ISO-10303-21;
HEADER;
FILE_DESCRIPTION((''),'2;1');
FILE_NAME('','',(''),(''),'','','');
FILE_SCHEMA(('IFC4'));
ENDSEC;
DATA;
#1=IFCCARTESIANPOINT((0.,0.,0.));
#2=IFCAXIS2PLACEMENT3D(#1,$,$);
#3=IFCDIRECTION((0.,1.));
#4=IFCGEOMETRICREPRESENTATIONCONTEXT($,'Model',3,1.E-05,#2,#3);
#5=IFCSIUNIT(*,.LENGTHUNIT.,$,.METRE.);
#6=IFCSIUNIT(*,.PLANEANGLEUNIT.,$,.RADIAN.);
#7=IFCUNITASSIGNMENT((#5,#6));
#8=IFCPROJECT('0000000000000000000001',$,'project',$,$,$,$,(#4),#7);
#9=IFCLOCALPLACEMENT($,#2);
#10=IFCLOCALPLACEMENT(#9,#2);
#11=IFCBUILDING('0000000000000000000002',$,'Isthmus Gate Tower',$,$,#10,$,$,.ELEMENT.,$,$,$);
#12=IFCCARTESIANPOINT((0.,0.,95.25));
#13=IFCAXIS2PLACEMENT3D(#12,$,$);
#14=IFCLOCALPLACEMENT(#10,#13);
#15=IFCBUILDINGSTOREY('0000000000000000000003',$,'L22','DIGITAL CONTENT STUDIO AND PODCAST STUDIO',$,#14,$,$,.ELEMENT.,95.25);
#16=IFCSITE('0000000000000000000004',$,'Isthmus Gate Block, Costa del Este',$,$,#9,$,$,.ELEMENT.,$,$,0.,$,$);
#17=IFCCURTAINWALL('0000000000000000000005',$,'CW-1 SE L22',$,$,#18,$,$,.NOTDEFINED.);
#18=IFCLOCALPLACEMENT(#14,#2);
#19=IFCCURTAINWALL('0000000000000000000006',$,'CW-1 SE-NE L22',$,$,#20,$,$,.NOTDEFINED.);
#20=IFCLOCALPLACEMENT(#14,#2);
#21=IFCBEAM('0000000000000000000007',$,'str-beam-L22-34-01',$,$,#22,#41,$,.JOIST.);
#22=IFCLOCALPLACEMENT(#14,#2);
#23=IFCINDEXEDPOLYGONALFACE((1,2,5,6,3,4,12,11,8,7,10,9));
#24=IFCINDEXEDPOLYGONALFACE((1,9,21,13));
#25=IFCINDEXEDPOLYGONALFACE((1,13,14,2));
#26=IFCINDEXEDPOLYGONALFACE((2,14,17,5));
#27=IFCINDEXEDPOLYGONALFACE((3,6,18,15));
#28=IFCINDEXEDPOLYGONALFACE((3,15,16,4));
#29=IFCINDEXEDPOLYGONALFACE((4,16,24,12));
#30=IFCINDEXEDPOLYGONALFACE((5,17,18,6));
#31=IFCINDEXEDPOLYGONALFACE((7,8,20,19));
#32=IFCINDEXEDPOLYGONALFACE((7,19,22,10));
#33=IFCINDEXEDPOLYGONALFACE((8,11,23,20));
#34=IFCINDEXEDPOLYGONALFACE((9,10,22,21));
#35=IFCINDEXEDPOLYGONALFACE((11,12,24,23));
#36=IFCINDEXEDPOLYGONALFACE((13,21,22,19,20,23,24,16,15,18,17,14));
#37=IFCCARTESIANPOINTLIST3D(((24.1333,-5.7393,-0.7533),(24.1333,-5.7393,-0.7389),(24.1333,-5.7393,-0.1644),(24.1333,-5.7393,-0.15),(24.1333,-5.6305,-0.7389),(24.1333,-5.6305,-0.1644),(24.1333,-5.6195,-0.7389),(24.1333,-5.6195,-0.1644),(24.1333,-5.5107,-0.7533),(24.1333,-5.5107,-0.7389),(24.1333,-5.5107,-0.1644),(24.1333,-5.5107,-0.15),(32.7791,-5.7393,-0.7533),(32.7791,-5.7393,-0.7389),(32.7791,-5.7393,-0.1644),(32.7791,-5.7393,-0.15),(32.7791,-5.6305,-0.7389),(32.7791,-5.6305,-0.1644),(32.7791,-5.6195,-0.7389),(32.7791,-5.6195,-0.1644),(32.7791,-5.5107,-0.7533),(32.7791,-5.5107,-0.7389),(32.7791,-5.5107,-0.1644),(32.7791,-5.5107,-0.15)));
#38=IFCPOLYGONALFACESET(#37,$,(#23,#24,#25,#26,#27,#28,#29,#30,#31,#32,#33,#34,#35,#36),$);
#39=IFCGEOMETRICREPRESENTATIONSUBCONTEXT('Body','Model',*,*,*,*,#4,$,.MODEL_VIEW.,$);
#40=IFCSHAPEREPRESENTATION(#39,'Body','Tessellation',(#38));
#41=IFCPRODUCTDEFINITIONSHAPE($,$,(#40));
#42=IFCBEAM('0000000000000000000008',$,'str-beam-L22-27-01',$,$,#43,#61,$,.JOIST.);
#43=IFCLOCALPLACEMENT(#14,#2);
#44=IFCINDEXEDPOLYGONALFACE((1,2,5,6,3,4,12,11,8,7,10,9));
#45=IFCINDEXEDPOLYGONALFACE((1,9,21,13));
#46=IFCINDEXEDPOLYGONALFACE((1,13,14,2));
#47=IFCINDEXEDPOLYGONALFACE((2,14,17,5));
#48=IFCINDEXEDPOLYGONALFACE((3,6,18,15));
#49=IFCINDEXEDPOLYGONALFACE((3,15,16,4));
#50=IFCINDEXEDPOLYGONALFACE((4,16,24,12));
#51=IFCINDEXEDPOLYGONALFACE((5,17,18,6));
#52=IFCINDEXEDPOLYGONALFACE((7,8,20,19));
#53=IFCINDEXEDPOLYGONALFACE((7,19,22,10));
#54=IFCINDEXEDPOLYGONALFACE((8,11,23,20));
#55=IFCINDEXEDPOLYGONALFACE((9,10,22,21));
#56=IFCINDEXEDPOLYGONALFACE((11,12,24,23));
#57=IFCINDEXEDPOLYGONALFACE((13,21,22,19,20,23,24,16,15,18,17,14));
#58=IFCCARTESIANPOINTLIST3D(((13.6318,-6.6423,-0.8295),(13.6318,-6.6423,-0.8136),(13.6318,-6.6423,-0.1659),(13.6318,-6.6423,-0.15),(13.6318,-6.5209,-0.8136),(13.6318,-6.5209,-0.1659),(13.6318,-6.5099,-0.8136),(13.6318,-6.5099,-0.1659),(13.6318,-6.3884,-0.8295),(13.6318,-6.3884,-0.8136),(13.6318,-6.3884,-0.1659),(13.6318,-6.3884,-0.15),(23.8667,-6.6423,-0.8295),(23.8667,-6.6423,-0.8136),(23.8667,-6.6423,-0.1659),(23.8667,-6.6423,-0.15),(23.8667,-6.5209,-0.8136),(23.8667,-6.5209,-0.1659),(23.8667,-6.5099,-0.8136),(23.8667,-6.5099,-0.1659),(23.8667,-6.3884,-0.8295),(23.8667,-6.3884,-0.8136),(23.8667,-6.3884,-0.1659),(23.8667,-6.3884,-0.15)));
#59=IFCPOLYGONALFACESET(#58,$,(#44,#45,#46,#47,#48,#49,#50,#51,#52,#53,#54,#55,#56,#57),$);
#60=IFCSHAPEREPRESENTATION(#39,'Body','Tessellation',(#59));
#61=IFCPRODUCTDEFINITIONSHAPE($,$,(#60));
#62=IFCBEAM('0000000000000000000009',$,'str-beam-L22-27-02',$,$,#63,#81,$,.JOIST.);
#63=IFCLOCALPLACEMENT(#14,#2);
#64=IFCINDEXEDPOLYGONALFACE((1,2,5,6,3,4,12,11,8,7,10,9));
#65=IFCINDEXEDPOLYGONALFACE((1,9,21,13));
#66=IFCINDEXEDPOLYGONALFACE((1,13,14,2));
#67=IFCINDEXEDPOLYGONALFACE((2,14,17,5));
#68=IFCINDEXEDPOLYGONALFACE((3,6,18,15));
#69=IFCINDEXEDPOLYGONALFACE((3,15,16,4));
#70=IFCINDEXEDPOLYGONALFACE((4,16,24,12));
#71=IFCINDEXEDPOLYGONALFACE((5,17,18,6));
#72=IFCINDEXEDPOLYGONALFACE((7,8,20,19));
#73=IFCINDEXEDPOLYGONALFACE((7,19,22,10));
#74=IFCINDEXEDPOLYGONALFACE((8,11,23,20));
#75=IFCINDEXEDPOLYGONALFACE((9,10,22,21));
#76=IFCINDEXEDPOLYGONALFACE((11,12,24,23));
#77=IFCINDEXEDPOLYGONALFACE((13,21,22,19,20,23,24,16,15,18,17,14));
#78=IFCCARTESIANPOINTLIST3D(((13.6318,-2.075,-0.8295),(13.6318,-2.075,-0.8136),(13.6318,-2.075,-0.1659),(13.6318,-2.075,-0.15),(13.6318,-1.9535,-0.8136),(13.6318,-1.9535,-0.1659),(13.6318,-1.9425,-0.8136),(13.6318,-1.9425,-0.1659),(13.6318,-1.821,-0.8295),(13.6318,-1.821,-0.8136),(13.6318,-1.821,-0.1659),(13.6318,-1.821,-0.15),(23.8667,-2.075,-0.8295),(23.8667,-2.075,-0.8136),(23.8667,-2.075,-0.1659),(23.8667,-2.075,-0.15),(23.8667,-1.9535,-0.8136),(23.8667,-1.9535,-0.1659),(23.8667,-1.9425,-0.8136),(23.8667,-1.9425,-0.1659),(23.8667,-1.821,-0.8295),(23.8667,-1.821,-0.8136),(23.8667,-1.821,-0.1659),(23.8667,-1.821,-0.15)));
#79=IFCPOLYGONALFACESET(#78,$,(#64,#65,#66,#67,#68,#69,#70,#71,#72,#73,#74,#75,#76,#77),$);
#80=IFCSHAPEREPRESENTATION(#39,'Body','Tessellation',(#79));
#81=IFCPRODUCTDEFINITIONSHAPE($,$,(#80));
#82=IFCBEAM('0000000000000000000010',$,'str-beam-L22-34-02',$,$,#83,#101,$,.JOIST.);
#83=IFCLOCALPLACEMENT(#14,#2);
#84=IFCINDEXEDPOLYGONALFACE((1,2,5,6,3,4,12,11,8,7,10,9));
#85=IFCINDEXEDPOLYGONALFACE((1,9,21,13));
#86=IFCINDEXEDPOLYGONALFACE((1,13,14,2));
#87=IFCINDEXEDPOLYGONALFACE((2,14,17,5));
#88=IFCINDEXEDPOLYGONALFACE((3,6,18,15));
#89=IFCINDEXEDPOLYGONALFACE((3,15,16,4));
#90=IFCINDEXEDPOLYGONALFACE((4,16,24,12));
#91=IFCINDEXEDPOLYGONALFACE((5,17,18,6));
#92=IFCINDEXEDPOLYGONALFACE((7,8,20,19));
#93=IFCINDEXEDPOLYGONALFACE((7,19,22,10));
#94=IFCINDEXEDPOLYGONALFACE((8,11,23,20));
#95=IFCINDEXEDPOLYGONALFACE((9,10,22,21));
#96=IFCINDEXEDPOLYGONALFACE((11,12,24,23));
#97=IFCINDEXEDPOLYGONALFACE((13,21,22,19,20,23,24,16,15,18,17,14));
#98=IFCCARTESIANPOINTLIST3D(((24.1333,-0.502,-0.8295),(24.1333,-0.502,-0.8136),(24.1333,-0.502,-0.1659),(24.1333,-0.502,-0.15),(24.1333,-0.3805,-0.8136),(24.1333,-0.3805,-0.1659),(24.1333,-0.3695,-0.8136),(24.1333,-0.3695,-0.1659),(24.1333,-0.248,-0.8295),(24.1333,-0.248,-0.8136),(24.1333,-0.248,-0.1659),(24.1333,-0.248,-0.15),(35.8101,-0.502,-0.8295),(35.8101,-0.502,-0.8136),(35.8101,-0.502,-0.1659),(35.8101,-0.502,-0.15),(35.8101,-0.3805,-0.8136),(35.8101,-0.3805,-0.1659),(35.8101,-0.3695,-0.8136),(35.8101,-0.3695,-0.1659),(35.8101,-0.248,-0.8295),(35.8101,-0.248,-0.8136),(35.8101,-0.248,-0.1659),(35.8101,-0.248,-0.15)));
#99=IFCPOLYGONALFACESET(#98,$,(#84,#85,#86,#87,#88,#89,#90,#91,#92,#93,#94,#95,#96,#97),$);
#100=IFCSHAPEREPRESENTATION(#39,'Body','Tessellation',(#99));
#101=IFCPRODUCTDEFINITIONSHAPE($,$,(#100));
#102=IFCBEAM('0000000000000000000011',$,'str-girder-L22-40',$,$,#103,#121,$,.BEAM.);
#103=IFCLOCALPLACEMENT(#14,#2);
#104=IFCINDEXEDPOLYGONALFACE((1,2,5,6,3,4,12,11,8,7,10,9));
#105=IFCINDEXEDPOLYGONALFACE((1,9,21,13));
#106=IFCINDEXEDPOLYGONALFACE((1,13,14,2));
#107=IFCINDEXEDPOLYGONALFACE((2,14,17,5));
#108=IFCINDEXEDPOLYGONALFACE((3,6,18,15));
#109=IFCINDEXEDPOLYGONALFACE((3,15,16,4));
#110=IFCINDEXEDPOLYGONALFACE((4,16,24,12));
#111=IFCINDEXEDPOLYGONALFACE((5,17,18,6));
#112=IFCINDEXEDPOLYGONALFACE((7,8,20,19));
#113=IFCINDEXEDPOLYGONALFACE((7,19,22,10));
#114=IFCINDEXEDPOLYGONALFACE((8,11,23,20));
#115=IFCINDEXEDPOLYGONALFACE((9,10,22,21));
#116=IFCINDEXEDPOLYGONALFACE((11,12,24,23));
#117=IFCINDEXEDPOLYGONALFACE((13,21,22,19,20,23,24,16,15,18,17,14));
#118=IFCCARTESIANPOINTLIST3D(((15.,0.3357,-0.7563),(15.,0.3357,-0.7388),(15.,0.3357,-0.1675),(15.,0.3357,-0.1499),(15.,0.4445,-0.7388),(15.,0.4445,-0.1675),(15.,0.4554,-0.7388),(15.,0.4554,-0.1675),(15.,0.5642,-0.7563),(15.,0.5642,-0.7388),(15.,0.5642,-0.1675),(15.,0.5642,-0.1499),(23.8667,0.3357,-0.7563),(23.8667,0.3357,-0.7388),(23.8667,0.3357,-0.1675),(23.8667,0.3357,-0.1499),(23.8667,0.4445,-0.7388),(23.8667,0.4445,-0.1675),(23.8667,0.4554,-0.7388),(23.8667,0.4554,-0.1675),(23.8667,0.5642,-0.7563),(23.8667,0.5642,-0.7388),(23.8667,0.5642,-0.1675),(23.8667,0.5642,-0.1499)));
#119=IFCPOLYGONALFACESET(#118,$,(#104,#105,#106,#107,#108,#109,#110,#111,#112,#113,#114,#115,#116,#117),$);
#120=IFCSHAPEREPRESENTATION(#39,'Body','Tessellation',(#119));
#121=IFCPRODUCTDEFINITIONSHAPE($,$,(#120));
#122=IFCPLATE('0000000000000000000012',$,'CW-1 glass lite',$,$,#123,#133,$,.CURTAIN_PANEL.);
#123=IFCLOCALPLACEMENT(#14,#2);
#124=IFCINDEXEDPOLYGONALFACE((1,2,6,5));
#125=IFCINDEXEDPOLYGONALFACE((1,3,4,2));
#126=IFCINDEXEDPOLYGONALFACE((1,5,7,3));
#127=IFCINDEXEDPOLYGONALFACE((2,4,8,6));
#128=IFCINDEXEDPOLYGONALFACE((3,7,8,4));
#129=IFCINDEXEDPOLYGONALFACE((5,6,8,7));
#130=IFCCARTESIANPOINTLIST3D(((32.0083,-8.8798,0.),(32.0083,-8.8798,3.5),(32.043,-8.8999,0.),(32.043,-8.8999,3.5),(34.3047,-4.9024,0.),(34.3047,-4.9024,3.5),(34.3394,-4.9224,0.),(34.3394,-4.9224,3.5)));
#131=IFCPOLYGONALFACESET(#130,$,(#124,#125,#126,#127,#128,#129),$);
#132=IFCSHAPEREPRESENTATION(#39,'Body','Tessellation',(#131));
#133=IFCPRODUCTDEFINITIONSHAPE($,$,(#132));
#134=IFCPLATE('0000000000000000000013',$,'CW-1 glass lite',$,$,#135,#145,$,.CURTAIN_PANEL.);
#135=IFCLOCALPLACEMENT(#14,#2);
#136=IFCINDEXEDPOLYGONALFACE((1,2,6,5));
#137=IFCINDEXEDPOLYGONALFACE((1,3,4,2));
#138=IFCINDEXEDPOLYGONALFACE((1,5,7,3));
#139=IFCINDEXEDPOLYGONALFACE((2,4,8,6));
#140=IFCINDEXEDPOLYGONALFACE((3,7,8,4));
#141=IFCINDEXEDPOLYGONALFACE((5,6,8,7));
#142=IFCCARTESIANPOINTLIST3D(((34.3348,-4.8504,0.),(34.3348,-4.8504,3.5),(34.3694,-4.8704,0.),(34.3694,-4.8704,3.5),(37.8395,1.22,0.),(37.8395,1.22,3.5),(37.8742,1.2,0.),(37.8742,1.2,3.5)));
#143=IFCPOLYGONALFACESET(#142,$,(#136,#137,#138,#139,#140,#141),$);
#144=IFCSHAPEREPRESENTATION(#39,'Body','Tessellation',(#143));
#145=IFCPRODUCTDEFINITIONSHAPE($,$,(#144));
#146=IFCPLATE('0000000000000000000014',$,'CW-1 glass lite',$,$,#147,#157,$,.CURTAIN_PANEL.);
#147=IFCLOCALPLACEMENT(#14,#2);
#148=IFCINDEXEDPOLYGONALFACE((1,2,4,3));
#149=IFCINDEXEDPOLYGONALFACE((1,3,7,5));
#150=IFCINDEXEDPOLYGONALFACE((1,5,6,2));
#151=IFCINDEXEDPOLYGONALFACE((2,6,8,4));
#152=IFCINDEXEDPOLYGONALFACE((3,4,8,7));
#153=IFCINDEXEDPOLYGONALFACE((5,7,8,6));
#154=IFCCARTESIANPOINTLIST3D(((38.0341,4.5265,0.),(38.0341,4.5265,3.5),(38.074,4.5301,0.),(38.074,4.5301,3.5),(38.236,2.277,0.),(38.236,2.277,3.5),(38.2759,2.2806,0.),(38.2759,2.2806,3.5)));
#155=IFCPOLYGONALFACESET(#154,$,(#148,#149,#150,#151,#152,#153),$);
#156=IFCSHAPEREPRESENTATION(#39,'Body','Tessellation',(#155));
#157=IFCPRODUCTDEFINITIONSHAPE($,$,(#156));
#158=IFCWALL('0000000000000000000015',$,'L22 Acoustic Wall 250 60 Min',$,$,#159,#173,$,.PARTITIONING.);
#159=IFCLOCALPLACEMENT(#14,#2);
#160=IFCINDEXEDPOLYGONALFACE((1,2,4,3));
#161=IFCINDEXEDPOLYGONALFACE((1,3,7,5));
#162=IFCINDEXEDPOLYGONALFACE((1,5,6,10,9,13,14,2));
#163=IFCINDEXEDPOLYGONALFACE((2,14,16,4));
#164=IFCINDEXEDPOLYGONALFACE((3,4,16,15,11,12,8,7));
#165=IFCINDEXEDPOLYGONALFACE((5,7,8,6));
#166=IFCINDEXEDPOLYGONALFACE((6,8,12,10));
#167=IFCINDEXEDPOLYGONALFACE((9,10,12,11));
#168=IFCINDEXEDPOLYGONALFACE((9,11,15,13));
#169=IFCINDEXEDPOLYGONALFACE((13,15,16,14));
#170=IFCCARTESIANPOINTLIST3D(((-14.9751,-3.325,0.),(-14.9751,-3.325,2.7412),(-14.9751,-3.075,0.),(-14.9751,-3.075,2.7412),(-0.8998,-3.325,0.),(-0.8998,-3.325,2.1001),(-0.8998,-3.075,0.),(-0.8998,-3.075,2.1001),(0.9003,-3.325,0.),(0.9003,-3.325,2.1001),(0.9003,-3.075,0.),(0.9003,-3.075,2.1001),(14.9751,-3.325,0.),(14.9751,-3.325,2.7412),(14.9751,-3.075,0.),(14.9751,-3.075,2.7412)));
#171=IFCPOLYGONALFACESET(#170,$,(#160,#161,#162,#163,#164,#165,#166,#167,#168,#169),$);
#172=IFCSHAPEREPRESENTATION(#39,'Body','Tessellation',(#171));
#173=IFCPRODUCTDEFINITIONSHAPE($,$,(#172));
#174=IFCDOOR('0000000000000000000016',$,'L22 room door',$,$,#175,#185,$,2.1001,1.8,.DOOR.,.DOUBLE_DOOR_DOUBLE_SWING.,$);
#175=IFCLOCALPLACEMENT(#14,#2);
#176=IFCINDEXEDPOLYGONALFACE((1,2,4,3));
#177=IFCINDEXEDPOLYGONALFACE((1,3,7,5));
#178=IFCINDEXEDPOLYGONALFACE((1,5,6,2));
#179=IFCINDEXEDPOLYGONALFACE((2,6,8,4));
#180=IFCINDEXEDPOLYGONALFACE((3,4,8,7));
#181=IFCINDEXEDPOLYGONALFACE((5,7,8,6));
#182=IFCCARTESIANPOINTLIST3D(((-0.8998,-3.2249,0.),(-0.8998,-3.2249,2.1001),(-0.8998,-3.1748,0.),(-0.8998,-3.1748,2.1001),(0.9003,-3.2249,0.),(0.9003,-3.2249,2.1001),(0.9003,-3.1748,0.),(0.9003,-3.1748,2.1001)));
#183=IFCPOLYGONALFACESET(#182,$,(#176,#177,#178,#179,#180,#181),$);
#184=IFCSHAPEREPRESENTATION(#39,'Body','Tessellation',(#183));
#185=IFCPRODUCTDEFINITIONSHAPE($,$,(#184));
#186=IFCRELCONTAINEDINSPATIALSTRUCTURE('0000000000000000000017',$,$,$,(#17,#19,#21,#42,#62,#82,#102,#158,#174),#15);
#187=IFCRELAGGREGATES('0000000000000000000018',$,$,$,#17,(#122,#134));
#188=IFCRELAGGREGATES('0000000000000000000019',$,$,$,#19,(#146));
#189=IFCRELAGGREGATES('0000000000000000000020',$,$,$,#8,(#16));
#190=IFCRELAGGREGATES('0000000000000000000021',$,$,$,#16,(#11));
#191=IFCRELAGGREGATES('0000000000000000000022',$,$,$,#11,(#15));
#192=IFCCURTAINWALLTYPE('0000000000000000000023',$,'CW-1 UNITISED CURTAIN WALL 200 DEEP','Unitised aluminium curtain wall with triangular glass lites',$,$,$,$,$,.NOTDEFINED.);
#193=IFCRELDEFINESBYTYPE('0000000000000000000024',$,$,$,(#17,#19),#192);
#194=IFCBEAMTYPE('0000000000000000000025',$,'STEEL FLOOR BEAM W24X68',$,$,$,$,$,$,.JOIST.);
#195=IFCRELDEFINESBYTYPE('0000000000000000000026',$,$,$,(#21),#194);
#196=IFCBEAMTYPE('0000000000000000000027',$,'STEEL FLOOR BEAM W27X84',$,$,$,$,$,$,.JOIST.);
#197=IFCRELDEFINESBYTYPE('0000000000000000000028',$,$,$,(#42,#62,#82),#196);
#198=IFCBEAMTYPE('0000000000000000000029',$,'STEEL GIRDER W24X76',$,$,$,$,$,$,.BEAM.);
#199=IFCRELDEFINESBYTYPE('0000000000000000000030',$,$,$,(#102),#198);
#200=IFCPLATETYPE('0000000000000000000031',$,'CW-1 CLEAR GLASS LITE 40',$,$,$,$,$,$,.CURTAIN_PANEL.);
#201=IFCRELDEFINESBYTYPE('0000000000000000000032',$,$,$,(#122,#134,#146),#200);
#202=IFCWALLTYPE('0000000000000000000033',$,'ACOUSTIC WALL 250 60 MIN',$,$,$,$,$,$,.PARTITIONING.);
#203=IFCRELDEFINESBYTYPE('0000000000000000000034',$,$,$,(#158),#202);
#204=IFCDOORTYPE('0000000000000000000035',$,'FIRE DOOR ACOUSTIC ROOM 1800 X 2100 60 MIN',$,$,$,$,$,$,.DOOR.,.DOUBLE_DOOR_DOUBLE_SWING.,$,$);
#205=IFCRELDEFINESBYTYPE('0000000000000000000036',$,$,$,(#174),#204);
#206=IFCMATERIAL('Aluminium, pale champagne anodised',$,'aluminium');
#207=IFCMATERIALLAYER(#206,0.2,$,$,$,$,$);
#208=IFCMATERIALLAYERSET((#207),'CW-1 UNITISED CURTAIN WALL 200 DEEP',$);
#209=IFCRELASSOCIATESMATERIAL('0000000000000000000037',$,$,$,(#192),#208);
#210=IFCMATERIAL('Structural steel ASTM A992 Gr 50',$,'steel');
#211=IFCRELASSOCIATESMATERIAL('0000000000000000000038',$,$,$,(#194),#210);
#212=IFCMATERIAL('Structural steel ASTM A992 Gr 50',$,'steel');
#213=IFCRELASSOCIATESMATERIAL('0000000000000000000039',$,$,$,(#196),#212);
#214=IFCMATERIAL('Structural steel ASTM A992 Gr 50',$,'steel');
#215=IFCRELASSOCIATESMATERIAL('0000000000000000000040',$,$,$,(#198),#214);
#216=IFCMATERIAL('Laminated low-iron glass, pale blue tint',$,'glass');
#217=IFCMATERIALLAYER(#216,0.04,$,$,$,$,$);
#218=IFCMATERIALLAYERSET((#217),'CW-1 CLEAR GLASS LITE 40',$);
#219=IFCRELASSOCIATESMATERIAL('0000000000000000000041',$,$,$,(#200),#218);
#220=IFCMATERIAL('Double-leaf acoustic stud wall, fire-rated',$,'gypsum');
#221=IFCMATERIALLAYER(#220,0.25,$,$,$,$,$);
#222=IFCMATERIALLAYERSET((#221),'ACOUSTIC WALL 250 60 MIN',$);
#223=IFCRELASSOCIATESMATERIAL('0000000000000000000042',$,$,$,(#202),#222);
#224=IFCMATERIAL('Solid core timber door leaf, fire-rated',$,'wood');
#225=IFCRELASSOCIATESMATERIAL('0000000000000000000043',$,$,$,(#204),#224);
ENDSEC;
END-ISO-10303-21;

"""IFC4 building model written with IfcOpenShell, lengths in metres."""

from ifc_helpers import new_model, si_unit, direction, frame, frame_2d, origin, origin_2d, place, context, subcontext, project, spatial, rectangle, i_section, extrude, material, layer, layer_set, material_profile, profile_set, type_object, element, fill, aggregate, save


model = new_model("IFC4")

# Units and contexts
model_context = context("Model", 3, precision=1e-05, world=origin(), true_north=direction((0.0, 1.0)))
body_context = subcontext(model_context, "Body", "Model", "MODEL_VIEW")
ifc_project = project(units=[si_unit("LENGTHUNIT", "METRE"), si_unit("PLANEANGLEUNIT", "RADIAN")], contexts=[model_context])

# Site, building, storey
site_placement = place(None, origin())
site = spatial("IfcSite", under=ifc_project, at=site_placement, Name="Isthmus Gate Block, Costa del Este", CompositionType="ELEMENT", RefElevation=0.0)
building_placement = place(site_placement, origin())
building = spatial("IfcBuilding", under=site, at=building_placement, Name="Isthmus Gate Tower", CompositionType="ELEMENT")
storey_placement = place(building_placement, frame((0.0, 0.0, 95.25)))
storey = spatial("IfcBuildingStorey", under=building, at=storey_placement, Name="L22", Description="DIGITAL CONTENT STUDIO AND PODCAST STUDIO", CompositionType="ELEMENT", Elevation=95.25)

# Curtain walls
ifc_material_1 = material(Name="Aluminium, pale champagne anodised", Category="aluminium")
ifc_layer_1 = layer(ifc_material_1, 0.2)
ifc_layer_set_1 = layer_set([ifc_layer_1], Name="CW-1 UNITISED CURTAIN WALL 200 DEEP")
curtain_wall_type = type_object("IfcCurtainWallType", Name="CW-1 UNITISED CURTAIN WALL 200 DEEP", Description="Unitised aluminium curtain wall with triangular glass lites", PredefinedType="NOTDEFINED", material=ifc_layer_set_1)
curtain_wall_1_placement = place(storey_placement, origin())
curtain_wall_1 = element("IfcCurtainWall", 1, at=curtain_wall_1_placement, inside=storey, type_object=curtain_wall_type, Name="CW-1 SE L22", PredefinedType="NOTDEFINED")
curtain_wall_2_placement = place(storey_placement, origin())
curtain_wall_2 = element("IfcCurtainWall", 2, at=curtain_wall_2_placement, inside=storey, type_object=curtain_wall_type, Name="CW-1 SE-NE L22", PredefinedType="NOTDEFINED")

# Beams
ifc_material_2 = material(Name="Structural steel ASTM A992 Gr 50", Category="steel")
ifc_material_profile_1 = material_profile(ifc_material_2, i_section(OverallWidth=0.2285, OverallDepth=0.6033, WebThickness=0.011, FlangeThickness=0.0144, at=origin_2d()), Name="W24X68")
ifc_profile_set_1 = profile_set([ifc_material_profile_1], Name="Structural steel ASTM A992 Gr 50")
beam_type_1 = type_object("IfcBeamType", Name="STEEL FLOOR BEAM W24X68", PredefinedType="JOIST", material=ifc_profile_set_1)
beam_1_placement = place(storey_placement, frame((24.1333, -5.625, -0.4517), z_axis=(1.0, 0.0, 0.0), x_axis=(0.0, 1.0, 0.0)))
element("IfcBeam", 3, at=beam_1_placement, inside=storey, type_object=beam_type_1, Name="str-beam-L22-34-01", PredefinedType="JOIST", context=body_context, shape_type="SweptSolid", body=[
    extrude(i_section(OverallWidth=0.2285, OverallDepth=0.6033, WebThickness=0.011, FlangeThickness=0.0144, at=origin_2d()), origin(), (0.0, 0.0, 1.0), 8.6458),
])
ifc_material_3 = material(Name="Structural steel ASTM A992 Gr 50", Category="steel")
ifc_material_profile_2 = material_profile(ifc_material_3, i_section(OverallWidth=0.2539, OverallDepth=0.6794, WebThickness=0.011, FlangeThickness=0.0159, at=origin_2d()), Name="W27X84")
ifc_profile_set_2 = profile_set([ifc_material_profile_2], Name="Structural steel ASTM A992 Gr 50")
beam_type_2 = type_object("IfcBeamType", Name="STEEL FLOOR BEAM W27X84", PredefinedType="JOIST", material=ifc_profile_set_2)
for number, where, z_axis, x_axis, name in (
    (4, (13.6318, -6.5154, -0.4897), (1.0, 0.0, 0.0), (0.0, 1.0, 0.0), "str-beam-L22-27-01"),
    (5, (13.6318, -1.948, -0.4897), (1.0, 0.0, 0.0), (0.0, 1.0, 0.0), "str-beam-L22-27-02"),
):
    element("IfcBeam", number, at=place(storey_placement, frame(where, z_axis=z_axis, x_axis=x_axis)), inside=storey, type_object=beam_type_2, Name=name, PredefinedType="JOIST", context=body_context, shape_type="SweptSolid", body=[
        extrude(i_section(OverallWidth=0.2539, OverallDepth=0.6794, WebThickness=0.011, FlangeThickness=0.0159, at=origin_2d()), origin(), (0.0, 0.0, 1.0), 10.2349),
    ])
beam_2_placement = place(storey_placement, frame((24.1333, -0.375, -0.4897), z_axis=(1.0, 0.0, 0.0), x_axis=(0.0, 1.0, 0.0)))
element("IfcBeam", 6, at=beam_2_placement, inside=storey, type_object=beam_type_2, Name="str-beam-L22-34-02", PredefinedType="JOIST", context=body_context, shape_type="SweptSolid", body=[
    extrude(i_section(OverallWidth=0.2539, OverallDepth=0.6794, WebThickness=0.011, FlangeThickness=0.0159, at=origin_2d()), origin(), (0.0, 0.0, 1.0), 11.6768),
])
ifc_material_4 = material(Name="Structural steel ASTM A992 Gr 50", Category="steel")
ifc_material_profile_3 = material_profile(ifc_material_4, i_section(OverallWidth=0.2285, OverallDepth=0.6064, WebThickness=0.011, FlangeThickness=0.0176, at=origin_2d()), Name="W24X76")
ifc_profile_set_3 = profile_set([ifc_material_profile_3], Name="Structural steel ASTM A992 Gr 50")
beam_type_3 = type_object("IfcBeamType", Name="STEEL GIRDER W24X76", PredefinedType="BEAM", material=ifc_profile_set_3)
beam_3_placement = place(storey_placement, frame((15.0, 0.45, -0.4531), z_axis=(1.0, 0.0, 0.0), x_axis=(0.0, 1.0, 0.0)))
element("IfcBeam", 7, at=beam_3_placement, inside=storey, type_object=beam_type_3, Name="str-girder-L22-40", PredefinedType="BEAM", context=body_context, shape_type="SweptSolid", body=[
    extrude(i_section(OverallWidth=0.2285, OverallDepth=0.6064, WebThickness=0.011, FlangeThickness=0.0176, at=origin_2d()), origin(), (0.0, 0.0, 1.0), 8.8667),
])

# Plates
ifc_material_5 = material(Name="Laminated low-iron glass, pale blue tint", Category="glass")
ifc_layer_2 = layer(ifc_material_5, 0.04)
ifc_layer_set_2 = layer_set([ifc_layer_2], Name="CW-1 CLEAR GLASS LITE 40")
plate_type = type_object("IfcPlateType", Name="CW-1 CLEAR GLASS LITE 40", PredefinedType="CURTAIN_PANEL", material=ifc_layer_set_2)
plate_1_placement = place(storey_placement, frame((33.1738, -6.9011, 0.0), z_axis=(0.0, 0.0, 1.0), x_axis=(0.5, 0.866025, 0.0)))
plate_1 = element("IfcPlate", 8, at=plate_1_placement, type_object=plate_type, Name="CW-1 glass lite", PredefinedType="CURTAIN_PANEL", context=body_context, shape_type="SweptSolid", body=[
    extrude(rectangle(XDim=4.5928, YDim=0.04, at=origin_2d()), origin(), (0.0, 0.0, 1.0), 3.5),
])
plate_2_placement = place(storey_placement, frame((36.1045, -1.8252, 0.0), z_axis=(0.0, 0.0, 1.0), x_axis=(0.5, 0.866025, 0.0)))
plate_2 = element("IfcPlate", 9, at=plate_2_placement, type_object=plate_type, Name="CW-1 glass lite", PredefinedType="CURTAIN_PANEL", context=body_context, shape_type="SweptSolid", body=[
    extrude(rectangle(XDim=7.0095, YDim=0.04, at=origin_2d()), origin(), (0.0, 0.0, 1.0), 3.5),
])
aggregate(curtain_wall_1, [plate_1, plate_2])
plate_3_placement = place(storey_placement, frame((38.155, 3.4036, 0.0), z_axis=(0.0, 0.0, 1.0), x_axis=(-0.089397, 0.995996, 0.0)))
plate_3 = element("IfcPlate", 10, at=plate_3_placement, type_object=plate_type, Name="CW-1 glass lite", PredefinedType="CURTAIN_PANEL", context=body_context, shape_type="SweptSolid", body=[
    extrude(rectangle(XDim=2.2585, YDim=0.04, at=origin_2d()), origin(), (0.0, 0.0, 1.0), 3.5),
])
aggregate(curtain_wall_2, [plate_3])

# Wall, opening, door
ifc_material_6 = material(Name="Double-leaf acoustic stud wall, fire-rated", Category="gypsum")
ifc_layer_3 = layer(ifc_material_6, 0.25)
ifc_layer_set_3 = layer_set([ifc_layer_3], Name="ACOUSTIC WALL 250 60 MIN")
wall_type_1 = type_object("IfcWallType", Name="ACOUSTIC WALL 250 60 MIN", PredefinedType="PARTITIONING", material=ifc_layer_set_3)
wall_1_placement = place(storey_placement, frame((14.9751, -3.2, 0.0), z_axis=(0.0, 0.0, 1.0), x_axis=(-1.0, 0.0, 0.0)))
wall_1 = element("IfcWall", 11, at=wall_1_placement, inside=storey, type_object=wall_type_1, Name="L22 Acoustic Wall 250 60 Min", PredefinedType="PARTITIONING", context=body_context, shape_type="SweptSolid", body=[
    extrude(rectangle(XDim=29.9502, YDim=0.25, at=frame_2d((14.9751, 0.0))), origin(), (0.0, 0.0, 1.0), 2.7412),
])
opening_1_placement = place(wall_1_placement, frame((14.075, 0.0, 0.0)))
opening_1 = element("IfcOpeningElement", 12, at=opening_1_placement, cuts=wall_1, PredefinedType="OPENING", context=body_context, shape_type="SweptSolid", body=[
    extrude(rectangle(XDim=1.8, YDim=2.1001, at=frame_2d((0.8999, 1.05))), frame((0.0, 0.135, 0.0), z_axis=(0.0, -1.0, 0.0), x_axis=(1.0, 0.0, 0.0)), (0.0, 0.0, 1.0), 0.27),
])
ifc_material_7 = material(Name="Solid core timber door leaf, fire-rated", Category="wood")
door_type = type_object("IfcDoorType", Name="FIRE DOOR ACOUSTIC ROOM 1800 X 2100 60 MIN", OperationType="DOUBLE_DOOR_DOUBLE_SWING", PredefinedType="DOOR", material=ifc_material_7)
door_1_placement = place(opening_1_placement, origin())
door_1 = element("IfcDoor", 13, at=door_1_placement, inside=storey, type_object=door_type, Name="L22 room door", OperationType="DOUBLE_DOOR_DOUBLE_SWING", OverallHeight=2.1001, OverallWidth=1.8, PredefinedType="DOOR", context=body_context, shape_type="SweptSolid", body=[
    extrude(rectangle(XDim=1.8, YDim=2.1001, at=frame_2d((0.8999, 1.05))), frame((0.0, 0.0249, 0.0), z_axis=(0.0, -1.0, 0.0), x_axis=(1.0, 0.0, 0.0)), (0.0, 0.0, 1.0), 0.05),
])
fill(opening_1, door_1)

save(model, "model.ifc")
